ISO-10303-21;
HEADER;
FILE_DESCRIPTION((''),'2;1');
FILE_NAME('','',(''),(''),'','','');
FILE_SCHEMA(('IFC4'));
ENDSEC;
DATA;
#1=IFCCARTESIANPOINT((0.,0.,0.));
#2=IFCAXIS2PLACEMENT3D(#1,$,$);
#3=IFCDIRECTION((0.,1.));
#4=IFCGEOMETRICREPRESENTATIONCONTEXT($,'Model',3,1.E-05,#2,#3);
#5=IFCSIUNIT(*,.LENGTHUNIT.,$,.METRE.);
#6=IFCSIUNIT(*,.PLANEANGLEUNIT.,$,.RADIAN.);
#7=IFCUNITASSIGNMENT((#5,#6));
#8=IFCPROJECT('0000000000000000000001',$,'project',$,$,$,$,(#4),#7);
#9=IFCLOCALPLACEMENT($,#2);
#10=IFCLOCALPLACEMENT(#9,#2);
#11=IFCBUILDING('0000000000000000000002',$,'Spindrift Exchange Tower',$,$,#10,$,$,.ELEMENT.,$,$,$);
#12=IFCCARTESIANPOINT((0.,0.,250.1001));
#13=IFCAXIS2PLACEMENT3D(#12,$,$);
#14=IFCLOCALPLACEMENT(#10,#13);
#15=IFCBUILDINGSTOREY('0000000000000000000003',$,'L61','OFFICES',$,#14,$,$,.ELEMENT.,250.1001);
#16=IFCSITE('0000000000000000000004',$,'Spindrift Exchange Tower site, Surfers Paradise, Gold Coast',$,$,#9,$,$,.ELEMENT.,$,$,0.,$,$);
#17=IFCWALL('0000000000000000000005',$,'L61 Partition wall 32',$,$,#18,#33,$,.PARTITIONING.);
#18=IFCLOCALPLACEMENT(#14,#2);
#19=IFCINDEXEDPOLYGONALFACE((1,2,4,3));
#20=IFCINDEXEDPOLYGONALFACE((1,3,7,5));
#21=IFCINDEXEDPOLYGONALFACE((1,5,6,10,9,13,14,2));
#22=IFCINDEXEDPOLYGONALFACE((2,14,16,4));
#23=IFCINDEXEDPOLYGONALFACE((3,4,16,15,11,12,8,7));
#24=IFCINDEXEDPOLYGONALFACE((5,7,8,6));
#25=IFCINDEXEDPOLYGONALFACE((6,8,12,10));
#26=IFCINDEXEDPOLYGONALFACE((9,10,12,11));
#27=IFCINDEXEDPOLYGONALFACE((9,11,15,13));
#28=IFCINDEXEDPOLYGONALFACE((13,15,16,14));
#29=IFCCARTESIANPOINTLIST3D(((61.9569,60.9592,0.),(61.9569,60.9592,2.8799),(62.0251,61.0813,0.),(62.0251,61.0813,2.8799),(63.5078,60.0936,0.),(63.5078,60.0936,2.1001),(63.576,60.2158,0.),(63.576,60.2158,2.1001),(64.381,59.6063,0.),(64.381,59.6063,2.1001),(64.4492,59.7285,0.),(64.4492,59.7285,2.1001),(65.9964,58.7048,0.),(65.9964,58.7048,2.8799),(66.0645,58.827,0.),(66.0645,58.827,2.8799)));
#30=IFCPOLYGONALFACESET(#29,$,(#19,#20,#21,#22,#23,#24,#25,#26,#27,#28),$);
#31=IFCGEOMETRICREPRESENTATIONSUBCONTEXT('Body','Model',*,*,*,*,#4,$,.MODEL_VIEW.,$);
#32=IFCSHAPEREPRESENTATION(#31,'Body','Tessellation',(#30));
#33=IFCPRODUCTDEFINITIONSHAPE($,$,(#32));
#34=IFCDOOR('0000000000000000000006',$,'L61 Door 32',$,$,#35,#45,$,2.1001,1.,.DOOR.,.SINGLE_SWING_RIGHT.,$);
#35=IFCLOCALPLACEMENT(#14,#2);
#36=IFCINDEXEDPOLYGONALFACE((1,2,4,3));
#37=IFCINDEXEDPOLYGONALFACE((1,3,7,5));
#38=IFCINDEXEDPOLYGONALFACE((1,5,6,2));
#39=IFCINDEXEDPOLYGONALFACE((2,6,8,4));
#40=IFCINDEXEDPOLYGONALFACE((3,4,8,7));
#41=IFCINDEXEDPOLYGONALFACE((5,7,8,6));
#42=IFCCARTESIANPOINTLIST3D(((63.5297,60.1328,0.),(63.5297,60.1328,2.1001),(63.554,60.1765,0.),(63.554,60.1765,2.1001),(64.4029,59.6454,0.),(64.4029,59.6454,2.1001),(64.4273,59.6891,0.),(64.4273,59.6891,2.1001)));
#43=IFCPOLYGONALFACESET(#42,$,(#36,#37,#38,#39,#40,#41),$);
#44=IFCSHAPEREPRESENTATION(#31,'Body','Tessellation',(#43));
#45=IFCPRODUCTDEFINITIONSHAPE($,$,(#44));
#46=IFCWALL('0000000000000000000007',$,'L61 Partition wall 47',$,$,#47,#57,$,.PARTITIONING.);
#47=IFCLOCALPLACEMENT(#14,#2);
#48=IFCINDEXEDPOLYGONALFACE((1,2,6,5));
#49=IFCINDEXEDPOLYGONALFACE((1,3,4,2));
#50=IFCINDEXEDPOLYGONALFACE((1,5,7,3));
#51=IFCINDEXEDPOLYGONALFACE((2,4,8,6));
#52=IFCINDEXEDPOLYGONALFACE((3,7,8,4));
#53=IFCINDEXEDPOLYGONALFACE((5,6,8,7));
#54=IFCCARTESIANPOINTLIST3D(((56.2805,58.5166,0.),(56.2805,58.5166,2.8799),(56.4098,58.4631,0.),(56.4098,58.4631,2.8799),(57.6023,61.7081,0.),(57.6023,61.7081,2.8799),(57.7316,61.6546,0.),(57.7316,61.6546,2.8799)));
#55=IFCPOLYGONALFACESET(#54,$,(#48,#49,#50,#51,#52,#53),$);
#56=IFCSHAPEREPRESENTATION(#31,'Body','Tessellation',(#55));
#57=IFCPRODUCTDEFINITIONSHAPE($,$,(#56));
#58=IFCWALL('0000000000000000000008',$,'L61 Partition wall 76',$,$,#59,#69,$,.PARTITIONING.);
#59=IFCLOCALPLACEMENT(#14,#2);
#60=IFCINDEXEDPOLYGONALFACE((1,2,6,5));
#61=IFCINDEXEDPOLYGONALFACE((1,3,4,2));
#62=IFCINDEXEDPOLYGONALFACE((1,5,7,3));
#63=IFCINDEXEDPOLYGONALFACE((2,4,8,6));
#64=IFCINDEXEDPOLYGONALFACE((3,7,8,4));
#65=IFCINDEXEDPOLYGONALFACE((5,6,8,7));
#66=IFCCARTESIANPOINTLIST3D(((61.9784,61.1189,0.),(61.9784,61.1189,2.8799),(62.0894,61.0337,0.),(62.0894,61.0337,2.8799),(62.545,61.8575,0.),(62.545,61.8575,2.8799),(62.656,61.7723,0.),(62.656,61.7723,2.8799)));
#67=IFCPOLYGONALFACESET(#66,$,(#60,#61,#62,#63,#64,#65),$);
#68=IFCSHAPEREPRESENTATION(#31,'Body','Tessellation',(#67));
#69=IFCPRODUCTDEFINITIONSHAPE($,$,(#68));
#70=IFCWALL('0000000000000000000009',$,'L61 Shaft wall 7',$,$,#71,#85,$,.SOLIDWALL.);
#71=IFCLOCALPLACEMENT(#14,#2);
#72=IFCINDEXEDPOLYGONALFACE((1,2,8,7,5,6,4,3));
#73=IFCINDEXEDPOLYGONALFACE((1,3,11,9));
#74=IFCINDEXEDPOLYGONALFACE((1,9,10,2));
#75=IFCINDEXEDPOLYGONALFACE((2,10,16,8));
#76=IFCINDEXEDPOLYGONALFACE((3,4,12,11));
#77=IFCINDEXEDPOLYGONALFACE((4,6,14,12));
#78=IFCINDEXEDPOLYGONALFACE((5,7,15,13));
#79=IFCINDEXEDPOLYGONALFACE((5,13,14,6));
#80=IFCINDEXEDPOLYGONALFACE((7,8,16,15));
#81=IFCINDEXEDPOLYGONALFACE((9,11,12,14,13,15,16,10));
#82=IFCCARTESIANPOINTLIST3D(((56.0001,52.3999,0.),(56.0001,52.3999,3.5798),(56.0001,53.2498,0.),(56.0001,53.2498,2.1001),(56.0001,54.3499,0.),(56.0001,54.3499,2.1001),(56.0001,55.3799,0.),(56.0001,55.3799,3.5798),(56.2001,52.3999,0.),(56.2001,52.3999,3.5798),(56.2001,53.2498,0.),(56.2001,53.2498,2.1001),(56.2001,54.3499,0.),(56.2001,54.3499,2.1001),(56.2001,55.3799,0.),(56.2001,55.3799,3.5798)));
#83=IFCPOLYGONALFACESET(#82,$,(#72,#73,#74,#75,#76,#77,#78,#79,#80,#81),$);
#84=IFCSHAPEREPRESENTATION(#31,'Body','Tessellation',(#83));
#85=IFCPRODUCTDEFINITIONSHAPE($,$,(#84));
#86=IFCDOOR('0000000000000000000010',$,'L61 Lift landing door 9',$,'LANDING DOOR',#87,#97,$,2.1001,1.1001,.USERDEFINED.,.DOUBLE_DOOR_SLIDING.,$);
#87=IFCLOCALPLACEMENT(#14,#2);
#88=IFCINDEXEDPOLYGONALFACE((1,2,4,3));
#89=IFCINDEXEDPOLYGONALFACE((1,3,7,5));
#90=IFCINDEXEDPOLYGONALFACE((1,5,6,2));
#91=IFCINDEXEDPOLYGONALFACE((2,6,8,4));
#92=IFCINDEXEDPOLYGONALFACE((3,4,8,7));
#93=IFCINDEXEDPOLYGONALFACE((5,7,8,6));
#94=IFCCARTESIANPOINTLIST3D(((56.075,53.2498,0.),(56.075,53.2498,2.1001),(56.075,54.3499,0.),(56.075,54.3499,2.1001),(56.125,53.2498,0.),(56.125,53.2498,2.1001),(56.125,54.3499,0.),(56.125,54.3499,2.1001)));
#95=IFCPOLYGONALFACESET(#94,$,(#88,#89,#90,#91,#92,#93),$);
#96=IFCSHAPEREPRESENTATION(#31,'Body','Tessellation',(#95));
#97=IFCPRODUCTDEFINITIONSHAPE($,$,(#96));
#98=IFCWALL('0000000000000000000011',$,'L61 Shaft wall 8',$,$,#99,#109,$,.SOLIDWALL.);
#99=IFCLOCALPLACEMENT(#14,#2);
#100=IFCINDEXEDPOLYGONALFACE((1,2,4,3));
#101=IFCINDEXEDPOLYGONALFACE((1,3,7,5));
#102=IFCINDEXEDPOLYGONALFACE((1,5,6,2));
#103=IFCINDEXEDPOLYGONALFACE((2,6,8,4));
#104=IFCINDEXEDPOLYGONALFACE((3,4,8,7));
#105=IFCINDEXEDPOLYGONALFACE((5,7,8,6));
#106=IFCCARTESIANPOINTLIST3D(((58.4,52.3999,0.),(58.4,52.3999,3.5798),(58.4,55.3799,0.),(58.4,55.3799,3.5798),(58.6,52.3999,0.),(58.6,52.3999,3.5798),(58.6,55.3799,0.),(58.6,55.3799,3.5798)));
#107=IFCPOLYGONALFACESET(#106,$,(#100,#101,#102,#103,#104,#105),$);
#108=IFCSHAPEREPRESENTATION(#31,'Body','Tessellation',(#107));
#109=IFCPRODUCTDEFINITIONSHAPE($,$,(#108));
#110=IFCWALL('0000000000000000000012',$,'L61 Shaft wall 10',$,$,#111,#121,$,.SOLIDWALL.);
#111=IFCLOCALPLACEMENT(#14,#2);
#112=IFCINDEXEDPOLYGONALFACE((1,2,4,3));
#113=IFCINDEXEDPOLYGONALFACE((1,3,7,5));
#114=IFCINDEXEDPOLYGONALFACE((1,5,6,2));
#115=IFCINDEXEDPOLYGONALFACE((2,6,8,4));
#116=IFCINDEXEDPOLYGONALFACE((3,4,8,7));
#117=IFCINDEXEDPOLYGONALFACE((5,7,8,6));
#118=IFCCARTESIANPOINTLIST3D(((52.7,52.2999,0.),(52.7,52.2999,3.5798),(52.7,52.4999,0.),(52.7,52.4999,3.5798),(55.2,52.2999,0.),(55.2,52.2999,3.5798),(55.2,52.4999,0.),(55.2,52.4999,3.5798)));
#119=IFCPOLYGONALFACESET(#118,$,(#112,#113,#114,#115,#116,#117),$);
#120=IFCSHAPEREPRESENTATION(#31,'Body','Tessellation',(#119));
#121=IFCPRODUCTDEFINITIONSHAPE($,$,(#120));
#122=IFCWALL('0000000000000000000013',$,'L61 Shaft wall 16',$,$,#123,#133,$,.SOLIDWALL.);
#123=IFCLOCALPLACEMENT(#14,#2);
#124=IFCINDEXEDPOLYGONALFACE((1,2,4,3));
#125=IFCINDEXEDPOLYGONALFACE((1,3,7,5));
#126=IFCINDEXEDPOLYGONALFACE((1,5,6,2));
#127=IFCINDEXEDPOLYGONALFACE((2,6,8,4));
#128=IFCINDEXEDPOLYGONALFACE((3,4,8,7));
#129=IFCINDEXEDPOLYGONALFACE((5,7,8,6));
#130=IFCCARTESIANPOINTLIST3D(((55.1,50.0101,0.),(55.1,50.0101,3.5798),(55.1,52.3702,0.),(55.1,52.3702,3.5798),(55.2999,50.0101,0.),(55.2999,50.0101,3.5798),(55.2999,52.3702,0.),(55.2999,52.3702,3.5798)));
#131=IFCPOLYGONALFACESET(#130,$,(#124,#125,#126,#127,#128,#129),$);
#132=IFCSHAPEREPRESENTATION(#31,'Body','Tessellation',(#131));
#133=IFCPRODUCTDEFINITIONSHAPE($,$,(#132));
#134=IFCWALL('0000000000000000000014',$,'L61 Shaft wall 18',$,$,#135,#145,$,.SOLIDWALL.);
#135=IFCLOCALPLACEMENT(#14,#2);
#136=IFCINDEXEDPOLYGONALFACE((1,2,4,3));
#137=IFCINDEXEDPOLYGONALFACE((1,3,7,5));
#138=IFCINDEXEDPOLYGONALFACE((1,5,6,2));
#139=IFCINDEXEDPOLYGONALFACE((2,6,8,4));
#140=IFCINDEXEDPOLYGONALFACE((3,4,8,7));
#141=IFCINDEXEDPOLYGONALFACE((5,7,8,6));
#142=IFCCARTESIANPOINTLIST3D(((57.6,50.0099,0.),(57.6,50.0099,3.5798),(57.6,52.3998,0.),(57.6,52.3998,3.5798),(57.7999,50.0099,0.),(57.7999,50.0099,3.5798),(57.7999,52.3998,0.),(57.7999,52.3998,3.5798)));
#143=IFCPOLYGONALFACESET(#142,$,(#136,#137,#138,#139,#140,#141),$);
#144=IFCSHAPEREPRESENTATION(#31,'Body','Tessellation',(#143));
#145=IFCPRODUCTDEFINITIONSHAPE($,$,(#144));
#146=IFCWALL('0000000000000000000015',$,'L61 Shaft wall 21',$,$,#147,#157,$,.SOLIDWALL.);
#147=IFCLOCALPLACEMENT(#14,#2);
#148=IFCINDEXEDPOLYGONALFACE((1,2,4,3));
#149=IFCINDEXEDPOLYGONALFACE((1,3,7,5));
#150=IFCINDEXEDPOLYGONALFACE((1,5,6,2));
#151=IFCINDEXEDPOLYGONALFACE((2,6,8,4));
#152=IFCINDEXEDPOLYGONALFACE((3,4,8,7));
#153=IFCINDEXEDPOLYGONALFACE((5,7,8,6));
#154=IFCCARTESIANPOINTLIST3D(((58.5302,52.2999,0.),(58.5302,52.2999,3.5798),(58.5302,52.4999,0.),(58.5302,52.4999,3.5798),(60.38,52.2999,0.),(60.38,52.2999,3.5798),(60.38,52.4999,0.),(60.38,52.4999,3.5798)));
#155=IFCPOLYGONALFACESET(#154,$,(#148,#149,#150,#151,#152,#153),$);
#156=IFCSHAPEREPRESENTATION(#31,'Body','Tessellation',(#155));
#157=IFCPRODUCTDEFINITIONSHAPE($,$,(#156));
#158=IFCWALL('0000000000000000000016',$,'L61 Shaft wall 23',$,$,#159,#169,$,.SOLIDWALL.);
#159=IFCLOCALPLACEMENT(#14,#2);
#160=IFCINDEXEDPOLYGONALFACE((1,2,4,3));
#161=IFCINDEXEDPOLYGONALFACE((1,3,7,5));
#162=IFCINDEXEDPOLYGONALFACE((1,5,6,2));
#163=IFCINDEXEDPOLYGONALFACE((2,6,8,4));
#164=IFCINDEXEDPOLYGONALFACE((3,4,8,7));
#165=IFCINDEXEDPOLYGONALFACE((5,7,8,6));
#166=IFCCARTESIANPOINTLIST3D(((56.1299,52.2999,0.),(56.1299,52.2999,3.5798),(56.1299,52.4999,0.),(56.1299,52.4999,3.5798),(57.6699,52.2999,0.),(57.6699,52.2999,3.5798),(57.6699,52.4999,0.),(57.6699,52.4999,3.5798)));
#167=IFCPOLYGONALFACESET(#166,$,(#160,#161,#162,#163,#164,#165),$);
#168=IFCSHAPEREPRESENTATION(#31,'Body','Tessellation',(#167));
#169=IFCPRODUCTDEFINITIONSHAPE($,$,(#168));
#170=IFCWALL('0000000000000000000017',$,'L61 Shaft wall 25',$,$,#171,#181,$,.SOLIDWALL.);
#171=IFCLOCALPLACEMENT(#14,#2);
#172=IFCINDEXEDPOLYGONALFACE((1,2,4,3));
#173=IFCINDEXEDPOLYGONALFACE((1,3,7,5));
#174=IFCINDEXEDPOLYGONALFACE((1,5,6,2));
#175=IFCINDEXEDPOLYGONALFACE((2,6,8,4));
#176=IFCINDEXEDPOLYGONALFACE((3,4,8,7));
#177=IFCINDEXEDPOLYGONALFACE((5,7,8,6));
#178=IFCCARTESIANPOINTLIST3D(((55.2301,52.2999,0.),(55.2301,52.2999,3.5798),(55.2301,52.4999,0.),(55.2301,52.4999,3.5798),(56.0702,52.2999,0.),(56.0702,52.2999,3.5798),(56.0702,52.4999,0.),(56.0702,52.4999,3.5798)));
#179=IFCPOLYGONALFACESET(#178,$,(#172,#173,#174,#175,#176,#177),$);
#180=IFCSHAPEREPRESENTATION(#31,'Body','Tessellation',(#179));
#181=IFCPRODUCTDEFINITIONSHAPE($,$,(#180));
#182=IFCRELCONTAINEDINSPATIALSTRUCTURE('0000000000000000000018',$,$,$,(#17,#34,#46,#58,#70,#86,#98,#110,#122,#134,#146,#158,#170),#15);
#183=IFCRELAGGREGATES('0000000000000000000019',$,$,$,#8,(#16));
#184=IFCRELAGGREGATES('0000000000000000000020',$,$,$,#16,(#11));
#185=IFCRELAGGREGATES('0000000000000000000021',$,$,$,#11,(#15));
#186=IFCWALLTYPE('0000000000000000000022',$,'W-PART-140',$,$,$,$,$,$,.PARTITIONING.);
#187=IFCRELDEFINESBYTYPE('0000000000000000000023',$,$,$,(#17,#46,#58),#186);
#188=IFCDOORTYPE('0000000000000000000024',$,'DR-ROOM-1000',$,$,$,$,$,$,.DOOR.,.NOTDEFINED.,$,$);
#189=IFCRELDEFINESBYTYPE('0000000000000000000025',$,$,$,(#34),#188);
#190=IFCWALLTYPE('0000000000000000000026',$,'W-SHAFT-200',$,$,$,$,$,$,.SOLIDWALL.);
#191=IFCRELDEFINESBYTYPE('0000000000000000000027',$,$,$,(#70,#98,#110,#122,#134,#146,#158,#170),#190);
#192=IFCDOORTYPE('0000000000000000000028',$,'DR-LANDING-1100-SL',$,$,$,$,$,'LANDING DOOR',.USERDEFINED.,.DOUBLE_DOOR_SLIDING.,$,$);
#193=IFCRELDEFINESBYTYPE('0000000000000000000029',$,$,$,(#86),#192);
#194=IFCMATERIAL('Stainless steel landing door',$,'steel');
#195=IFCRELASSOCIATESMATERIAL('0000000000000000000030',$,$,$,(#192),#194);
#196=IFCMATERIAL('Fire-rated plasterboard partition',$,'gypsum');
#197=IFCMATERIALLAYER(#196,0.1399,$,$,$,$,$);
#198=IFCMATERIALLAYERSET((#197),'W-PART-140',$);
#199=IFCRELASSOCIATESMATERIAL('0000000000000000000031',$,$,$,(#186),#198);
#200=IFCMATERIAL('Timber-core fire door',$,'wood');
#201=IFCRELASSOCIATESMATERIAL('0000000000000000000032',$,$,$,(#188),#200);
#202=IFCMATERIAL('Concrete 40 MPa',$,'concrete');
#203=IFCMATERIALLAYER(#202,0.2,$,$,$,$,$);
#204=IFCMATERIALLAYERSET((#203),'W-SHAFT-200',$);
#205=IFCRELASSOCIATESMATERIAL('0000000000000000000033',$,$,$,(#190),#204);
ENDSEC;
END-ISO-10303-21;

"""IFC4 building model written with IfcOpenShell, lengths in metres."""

from ifc_helpers import new_model, si_unit, direction, frame, frame_2d, origin, place, context, subcontext, project, spatial, rectangle, extrude, source, transform, mapped, material, layer, layer_set, type_object, element, fill, save


model = new_model("IFC4")

# Units and contexts
model_context = context("Model", 3, precision=1e-05, world=origin(), true_north=direction((0.0, 1.0)))
body_context = subcontext(model_context, "Body", "Model", "MODEL_VIEW")
ifc_project = project(units=[si_unit("LENGTHUNIT", "METRE"), si_unit("PLANEANGLEUNIT", "RADIAN")], contexts=[model_context])

# Site, building, storey
site_placement = place(None, origin())
site = spatial("IfcSite", under=ifc_project, at=site_placement, Name="Spindrift Exchange Tower site, Surfers Paradise, Gold Coast", CompositionType="ELEMENT", RefElevation=0.0)
building_placement = place(site_placement, origin())
building = spatial("IfcBuilding", under=site, at=building_placement, Name="Spindrift Exchange Tower", CompositionType="ELEMENT")
storey_placement = place(building_placement, frame((0.0, 0.0, 250.1001)))
storey = spatial("IfcBuildingStorey", under=building, at=storey_placement, Name="L61", Description="OFFICES", CompositionType="ELEMENT", Elevation=250.1001)

# Shared definitions
ifc_material_1 = material(Name="Stainless steel landing door", Category="steel")
door_type_1 = type_object("IfcDoorType", Name="DR-LANDING-1100-SL", ElementType="LANDING DOOR", OperationType="DOUBLE_DOOR_SLIDING", PredefinedType="USERDEFINED", material=ifc_material_1)
shared_shape_1 = source(origin(), body_context, "Body", "SweptSolid", [
    extrude(rectangle(XDim=1.1001, YDim=2.1001, at=frame_2d((0.55, 1.05))), frame((0.0, 0.0249, 0.0), z_axis=(0.0, -1.0, 0.0), x_axis=(1.0, 0.0, 0.0)), (0.0, 0.0, 1.0), 0.05),
])
ifc_material_2 = material(Name="Timber-core fire door", Category="wood")

# Wall, opening, door
ifc_material_3 = material(Name="Fire-rated plasterboard partition", Category="gypsum")
ifc_layer_1 = layer(ifc_material_3, 0.1399)
ifc_layer_set_1 = layer_set([ifc_layer_1], Name="W-PART-140")
wall_type_1 = type_object("IfcWallType", Name="W-PART-140", PredefinedType="PARTITIONING", material=ifc_layer_set_1)
wall_1_placement = place(storey_placement, frame((61.991, 61.0203, 0.0), z_axis=(0.0, 0.0, 1.0), x_axis=(0.87322, -0.487327, 0.0)))
wall_1 = element("IfcWall", 1, at=wall_1_placement, inside=storey, type_object=wall_type_1, Name="L61 Partition wall 32", PredefinedType="PARTITIONING", context=body_context, shape_type="SweptSolid", body=[
    extrude(rectangle(XDim=4.626, YDim=0.1399, at=frame_2d((2.313, 0.0))), origin(), (0.0, 0.0, 1.0), 2.8799),
])
opening_1_placement = place(wall_1_placement, frame((1.7761, 0.0, 0.0)))
opening_1 = element("IfcOpeningElement", 2, at=opening_1_placement, cuts=wall_1, PredefinedType="OPENING", context=body_context, shape_type="SweptSolid", body=[
    extrude(rectangle(XDim=1.0, YDim=2.1001, at=frame_2d((0.5, 1.05))), frame((0.0, 0.0798, 0.0), z_axis=(0.0, -1.0, 0.0), x_axis=(1.0, 0.0, 0.0)), (0.0, 0.0, 1.0), 0.1599),
])
door_type_2 = type_object("IfcDoorType", Name="DR-ROOM-1000", OperationType="NOTDEFINED", PredefinedType="DOOR", material=ifc_material_2)
shared_shape_2 = source(origin(), body_context, "Body", "SweptSolid", [
    extrude(rectangle(XDim=1.0, YDim=2.1001, at=frame_2d((0.5, 1.05))), frame((0.0, 0.0249, 0.0), z_axis=(0.0, -1.0, 0.0), x_axis=(1.0, 0.0, 0.0)), (0.0, 0.0, 1.0), 0.05),
])
door_1_placement = place(opening_1_placement, origin())
door_1 = element("IfcDoor", 3, at=door_1_placement, inside=storey, type_object=door_type_2, Name="L61 Door 32", OperationType="SINGLE_SWING_RIGHT", OverallHeight=2.1001, OverallWidth=1.0, PredefinedType="DOOR", context=body_context, shape_type="MappedRepresentation", body=[
    mapped(shared_shape_2, transform((0.0, 0.0, 0.0), scale=1.0)),
])
fill(opening_1, door_1)

# Walls
wall_2_placement = place(storey_placement, frame((56.3452, 58.49, 0.0), z_axis=(0.0, 0.0, 1.0), x_axis=(0.382647, 0.923895, 0.0)))
element("IfcWall", 4, at=wall_2_placement, inside=storey, type_object=wall_type_1, Name="L61 Partition wall 47", PredefinedType="PARTITIONING", context=body_context, shape_type="SweptSolid", body=[
    extrude(rectangle(XDim=3.4543, YDim=0.1399, at=frame_2d((1.7271, 0.0))), origin(), (0.0, 0.0, 1.0), 2.8799),
])
wall_3_placement = place(storey_placement, frame((62.0339, 61.0764, 0.0), z_axis=(0.0, 0.0, 1.0), x_axis=(0.608734, 0.793374, 0.0)))
element("IfcWall", 5, at=wall_3_placement, inside=storey, type_object=wall_type_1, Name="L61 Partition wall 76", PredefinedType="PARTITIONING", context=body_context, shape_type="SweptSolid", body=[
    extrude(rectangle(XDim=0.9309, YDim=0.1399, at=frame_2d((0.4653, 0.0))), origin(), (0.0, 0.0, 1.0), 2.8799),
])

# Wall, opening, door
ifc_material_4 = material(Name="Concrete 40 MPa", Category="concrete")
ifc_layer_2 = layer(ifc_material_4, 0.2)
ifc_layer_set_2 = layer_set([ifc_layer_2], Name="W-SHAFT-200")
wall_type_2 = type_object("IfcWallType", Name="W-SHAFT-200", PredefinedType="SOLIDWALL", material=ifc_layer_set_2)
wall_4_placement = place(storey_placement, frame((56.1001, 55.3799, 0.0), z_axis=(0.0, 0.0, 1.0), x_axis=(0.0, -1.0, 0.0)))
wall_4 = element("IfcWall", 6, at=wall_4_placement, inside=storey, type_object=wall_type_2, Name="L61 Shaft wall 7", PredefinedType="SOLIDWALL", context=body_context, shape_type="SweptSolid", body=[
    extrude(rectangle(XDim=2.98, YDim=0.2, at=frame_2d((1.49, 0.0))), origin(), (0.0, 0.0, 1.0), 3.5798),
])
opening_2_placement = place(wall_4_placement, frame((1.03, 0.0, 0.0)))
opening_2 = element("IfcOpeningElement", 7, at=opening_2_placement, cuts=wall_4, PredefinedType="OPENING", context=body_context, shape_type="SweptSolid", body=[
    extrude(rectangle(XDim=1.1001, YDim=2.1001, at=frame_2d((0.55, 1.05))), frame((0.0, 0.1099, 0.0), z_axis=(0.0, -1.0, 0.0), x_axis=(1.0, 0.0, 0.0)), (0.0, 0.0, 1.0), 0.22),
])
door_2_placement = place(opening_2_placement, origin())
door_2 = element("IfcDoor", 8, at=door_2_placement, inside=storey, type_object=door_type_1, Name="L61 Lift landing door 9", ObjectType="LANDING DOOR", OperationType="DOUBLE_DOOR_SLIDING", OverallHeight=2.1001, OverallWidth=1.1001, PredefinedType="USERDEFINED", context=body_context, shape_type="MappedRepresentation", body=[
    mapped(shared_shape_1, transform((0.0, 0.0, 0.0), scale=1.0)),
])
fill(opening_2, door_2)

# Walls
wall_5_placement = place(storey_placement, frame((58.5, 52.3999, 0.0), z_axis=(0.0, 0.0, 1.0), x_axis=(0.0, 1.0, 0.0)))
element("IfcWall", 9, at=wall_5_placement, inside=storey, type_object=wall_type_2, Name="L61 Shaft wall 8", PredefinedType="SOLIDWALL", context=body_context, shape_type="SweptSolid", body=[
    extrude(rectangle(XDim=2.98, YDim=0.2, at=frame_2d((1.49, 0.0))), origin(), (0.0, 0.0, 1.0), 3.5798),
])
wall_6_placement = place(storey_placement, frame((55.2, 52.3999, 0.0), z_axis=(0.0, 0.0, 1.0), x_axis=(-1.0, 0.0, 0.0)))
element("IfcWall", 10, at=wall_6_placement, inside=storey, type_object=wall_type_2, Name="L61 Shaft wall 10", PredefinedType="SOLIDWALL", context=body_context, shape_type="SweptSolid", body=[
    extrude(rectangle(XDim=2.5, YDim=0.2, at=frame_2d((1.25, 0.0))), origin(), (0.0, 0.0, 1.0), 3.5798),
])
wall_7_placement = place(storey_placement, frame((55.2, 50.01, 0.0), z_axis=(0.0, 0.0, 1.0), x_axis=(0.0, 1.0, 0.0)))
element("IfcWall", 11, at=wall_7_placement, inside=storey, type_object=wall_type_2, Name="L61 Shaft wall 16", PredefinedType="SOLIDWALL", context=body_context, shape_type="SweptSolid", body=[
    extrude(rectangle(XDim=2.3601, YDim=0.2, at=frame_2d((1.1802, 0.0))), origin(), (0.0, 0.0, 1.0), 3.5798),
])
wall_8_placement = place(storey_placement, frame((57.7, 50.01, 0.0), z_axis=(0.0, 0.0, 1.0), x_axis=(0.0, 1.0, 0.0)))
element("IfcWall", 12, at=wall_8_placement, inside=storey, type_object=wall_type_2, Name="L61 Shaft wall 18", PredefinedType="SOLIDWALL", context=body_context, shape_type="SweptSolid", body=[
    extrude(rectangle(XDim=2.3899, YDim=0.2, at=frame_2d((1.1948, 0.0))), origin(), (0.0, 0.0, 1.0), 3.5798),
])
wall_9_placement = place(storey_placement, frame((60.3799, 52.3999, 0.0), z_axis=(0.0, 0.0, 1.0), x_axis=(-1.0, 0.0, 0.0)))
element("IfcWall", 13, at=wall_9_placement, inside=storey, type_object=wall_type_2, Name="L61 Shaft wall 21", PredefinedType="SOLIDWALL", context=body_context, shape_type="SweptSolid", body=[
    extrude(rectangle(XDim=1.8499, YDim=0.2, at=frame_2d((0.9248, 0.0))), origin(), (0.0, 0.0, 1.0), 3.5798),
])
wall_10_placement = place(storey_placement, frame((57.6699, 52.3999, 0.0), z_axis=(0.0, 0.0, 1.0), x_axis=(-1.0, 0.0, 0.0)))
element("IfcWall", 14, at=wall_10_placement, inside=storey, type_object=wall_type_2, Name="L61 Shaft wall 23", PredefinedType="SOLIDWALL", context=body_context, shape_type="SweptSolid", body=[
    extrude(rectangle(XDim=1.54, YDim=0.2, at=frame_2d((0.77, 0.0))), origin(), (0.0, 0.0, 1.0), 3.5798),
])
wall_11_placement = place(storey_placement, frame((56.0701, 52.3999, 0.0), z_axis=(0.0, 0.0, 1.0), x_axis=(-1.0, 0.0, 0.0)))
element("IfcWall", 15, at=wall_11_placement, inside=storey, type_object=wall_type_2, Name="L61 Shaft wall 25", PredefinedType="SOLIDWALL", context=body_context, shape_type="SweptSolid", body=[
    extrude(rectangle(XDim=0.8401, YDim=0.2, at=frame_2d((0.4199, 0.0))), origin(), (0.0, 0.0, 1.0), 3.5798),
])

save(model, "model.ifc")
